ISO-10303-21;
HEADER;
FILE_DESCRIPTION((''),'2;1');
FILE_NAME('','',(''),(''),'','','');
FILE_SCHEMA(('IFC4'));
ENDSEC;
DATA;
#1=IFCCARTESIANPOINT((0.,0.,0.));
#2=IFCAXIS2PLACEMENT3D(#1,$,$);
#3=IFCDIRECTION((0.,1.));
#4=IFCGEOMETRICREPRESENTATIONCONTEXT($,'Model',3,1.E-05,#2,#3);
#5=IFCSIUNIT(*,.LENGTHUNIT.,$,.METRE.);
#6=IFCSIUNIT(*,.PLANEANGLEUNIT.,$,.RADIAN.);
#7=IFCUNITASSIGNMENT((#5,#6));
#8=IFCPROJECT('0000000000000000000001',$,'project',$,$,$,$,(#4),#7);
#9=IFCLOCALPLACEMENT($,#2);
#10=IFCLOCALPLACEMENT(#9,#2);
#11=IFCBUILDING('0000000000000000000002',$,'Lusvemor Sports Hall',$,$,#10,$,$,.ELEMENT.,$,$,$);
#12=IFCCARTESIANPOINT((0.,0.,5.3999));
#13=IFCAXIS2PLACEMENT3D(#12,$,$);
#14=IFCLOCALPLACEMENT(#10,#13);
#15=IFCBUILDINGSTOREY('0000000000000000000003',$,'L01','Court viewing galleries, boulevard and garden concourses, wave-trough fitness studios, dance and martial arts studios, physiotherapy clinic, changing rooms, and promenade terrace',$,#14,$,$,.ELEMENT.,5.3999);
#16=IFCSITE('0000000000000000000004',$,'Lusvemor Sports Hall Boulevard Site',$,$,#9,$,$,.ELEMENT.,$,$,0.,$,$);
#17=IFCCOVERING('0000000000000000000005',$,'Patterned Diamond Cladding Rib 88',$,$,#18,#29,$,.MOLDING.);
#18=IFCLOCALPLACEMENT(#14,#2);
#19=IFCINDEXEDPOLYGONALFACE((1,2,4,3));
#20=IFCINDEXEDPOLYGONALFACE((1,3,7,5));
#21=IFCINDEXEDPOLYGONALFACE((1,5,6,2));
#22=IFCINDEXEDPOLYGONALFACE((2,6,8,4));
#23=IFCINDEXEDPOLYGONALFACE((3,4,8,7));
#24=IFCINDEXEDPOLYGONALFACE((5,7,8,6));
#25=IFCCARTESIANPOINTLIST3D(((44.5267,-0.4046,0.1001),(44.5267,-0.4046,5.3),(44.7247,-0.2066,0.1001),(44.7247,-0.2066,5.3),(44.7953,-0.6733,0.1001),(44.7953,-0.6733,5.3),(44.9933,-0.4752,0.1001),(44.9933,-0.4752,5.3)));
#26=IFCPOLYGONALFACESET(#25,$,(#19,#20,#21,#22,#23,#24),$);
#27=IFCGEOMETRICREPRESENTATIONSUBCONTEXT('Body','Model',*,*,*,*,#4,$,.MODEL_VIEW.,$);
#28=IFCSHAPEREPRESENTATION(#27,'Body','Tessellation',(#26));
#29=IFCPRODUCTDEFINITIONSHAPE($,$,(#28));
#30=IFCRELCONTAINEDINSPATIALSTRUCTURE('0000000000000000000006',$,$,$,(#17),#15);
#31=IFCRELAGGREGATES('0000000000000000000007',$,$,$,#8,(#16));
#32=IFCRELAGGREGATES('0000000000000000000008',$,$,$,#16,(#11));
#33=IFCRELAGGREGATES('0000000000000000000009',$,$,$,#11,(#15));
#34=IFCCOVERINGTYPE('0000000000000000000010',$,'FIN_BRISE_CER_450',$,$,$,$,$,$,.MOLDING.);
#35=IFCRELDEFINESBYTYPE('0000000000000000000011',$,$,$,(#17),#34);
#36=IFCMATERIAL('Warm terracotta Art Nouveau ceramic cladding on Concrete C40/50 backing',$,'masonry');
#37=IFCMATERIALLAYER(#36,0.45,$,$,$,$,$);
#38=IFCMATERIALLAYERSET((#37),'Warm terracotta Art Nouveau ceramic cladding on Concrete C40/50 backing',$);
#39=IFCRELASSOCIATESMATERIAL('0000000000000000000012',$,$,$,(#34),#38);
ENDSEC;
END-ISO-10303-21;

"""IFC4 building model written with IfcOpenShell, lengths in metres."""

from ifc_helpers import new_model, si_unit, direction, frame, origin, origin_2d, place, context, subcontext, project, spatial, rectangle, extrude, material, layer, layer_set, type_object, element, save


model = new_model("IFC4")

# Units and contexts
model_context = context("Model", 3, precision=1e-05, world=origin(), true_north=direction((0.0, 1.0)))
body_context = subcontext(model_context, "Body", "Model", "MODEL_VIEW")
ifc_project = project(units=[si_unit("LENGTHUNIT", "METRE"), si_unit("PLANEANGLEUNIT", "RADIAN")], contexts=[model_context])

# Site, building, storey
site_placement = place(None, origin())
site = spatial("IfcSite", under=ifc_project, at=site_placement, Name="Lusvemor Sports Hall Boulevard Site", CompositionType="ELEMENT", RefElevation=0.0)
building_placement = place(site_placement, origin())
building = spatial("IfcBuilding", under=site, at=building_placement, Name="Lusvemor Sports Hall", CompositionType="ELEMENT")
storey_placement = place(building_placement, frame((0.0, 0.0, 5.3999)))
storey = spatial("IfcBuildingStorey", under=building, at=storey_placement, Name="L01", Description="Court viewing galleries, boulevard and garden concourses, wave-trough fitness studios, dance and martial arts studios, physiotherapy clinic, changing rooms, and promenade terrace", CompositionType="ELEMENT", Elevation=5.3999)

# Covering
ifc_material_1 = material(Name="Warm terracotta Art Nouveau ceramic cladding on Concrete C40/50 backing", Category="masonry")
ifc_layer_1 = layer(ifc_material_1, 0.45)
ifc_layer_set_1 = layer_set([ifc_layer_1], Name="Warm terracotta Art Nouveau ceramic cladding on Concrete C40/50 backing")
covering_type_1 = type_object("IfcCoveringType", Name="FIN_BRISE_CER_450", PredefinedType="MOLDING", material=ifc_layer_set_1)
for number, where, z_axis, x_axis, name in (
    (1, (44.76, -0.4399, 0.1001), (0.0, 0.0, 1.0), (0.707107, 0.707107, 0.0), "Patterned Diamond Cladding Rib 88"),
):
    element("IfcCovering", number, at=place(storey_placement, frame(where, z_axis=z_axis, x_axis=x_axis)), inside=storey, type_object=covering_type_1, Name=name, PredefinedType="MOLDING", context=body_context, shape_type="SweptSolid", body=[
        extrude(rectangle(XDim=0.28, YDim=0.3799, at=origin_2d()), origin(), (0.0, 0.0, 1.0), 5.2),
    ])

save(model, "model.ifc")
